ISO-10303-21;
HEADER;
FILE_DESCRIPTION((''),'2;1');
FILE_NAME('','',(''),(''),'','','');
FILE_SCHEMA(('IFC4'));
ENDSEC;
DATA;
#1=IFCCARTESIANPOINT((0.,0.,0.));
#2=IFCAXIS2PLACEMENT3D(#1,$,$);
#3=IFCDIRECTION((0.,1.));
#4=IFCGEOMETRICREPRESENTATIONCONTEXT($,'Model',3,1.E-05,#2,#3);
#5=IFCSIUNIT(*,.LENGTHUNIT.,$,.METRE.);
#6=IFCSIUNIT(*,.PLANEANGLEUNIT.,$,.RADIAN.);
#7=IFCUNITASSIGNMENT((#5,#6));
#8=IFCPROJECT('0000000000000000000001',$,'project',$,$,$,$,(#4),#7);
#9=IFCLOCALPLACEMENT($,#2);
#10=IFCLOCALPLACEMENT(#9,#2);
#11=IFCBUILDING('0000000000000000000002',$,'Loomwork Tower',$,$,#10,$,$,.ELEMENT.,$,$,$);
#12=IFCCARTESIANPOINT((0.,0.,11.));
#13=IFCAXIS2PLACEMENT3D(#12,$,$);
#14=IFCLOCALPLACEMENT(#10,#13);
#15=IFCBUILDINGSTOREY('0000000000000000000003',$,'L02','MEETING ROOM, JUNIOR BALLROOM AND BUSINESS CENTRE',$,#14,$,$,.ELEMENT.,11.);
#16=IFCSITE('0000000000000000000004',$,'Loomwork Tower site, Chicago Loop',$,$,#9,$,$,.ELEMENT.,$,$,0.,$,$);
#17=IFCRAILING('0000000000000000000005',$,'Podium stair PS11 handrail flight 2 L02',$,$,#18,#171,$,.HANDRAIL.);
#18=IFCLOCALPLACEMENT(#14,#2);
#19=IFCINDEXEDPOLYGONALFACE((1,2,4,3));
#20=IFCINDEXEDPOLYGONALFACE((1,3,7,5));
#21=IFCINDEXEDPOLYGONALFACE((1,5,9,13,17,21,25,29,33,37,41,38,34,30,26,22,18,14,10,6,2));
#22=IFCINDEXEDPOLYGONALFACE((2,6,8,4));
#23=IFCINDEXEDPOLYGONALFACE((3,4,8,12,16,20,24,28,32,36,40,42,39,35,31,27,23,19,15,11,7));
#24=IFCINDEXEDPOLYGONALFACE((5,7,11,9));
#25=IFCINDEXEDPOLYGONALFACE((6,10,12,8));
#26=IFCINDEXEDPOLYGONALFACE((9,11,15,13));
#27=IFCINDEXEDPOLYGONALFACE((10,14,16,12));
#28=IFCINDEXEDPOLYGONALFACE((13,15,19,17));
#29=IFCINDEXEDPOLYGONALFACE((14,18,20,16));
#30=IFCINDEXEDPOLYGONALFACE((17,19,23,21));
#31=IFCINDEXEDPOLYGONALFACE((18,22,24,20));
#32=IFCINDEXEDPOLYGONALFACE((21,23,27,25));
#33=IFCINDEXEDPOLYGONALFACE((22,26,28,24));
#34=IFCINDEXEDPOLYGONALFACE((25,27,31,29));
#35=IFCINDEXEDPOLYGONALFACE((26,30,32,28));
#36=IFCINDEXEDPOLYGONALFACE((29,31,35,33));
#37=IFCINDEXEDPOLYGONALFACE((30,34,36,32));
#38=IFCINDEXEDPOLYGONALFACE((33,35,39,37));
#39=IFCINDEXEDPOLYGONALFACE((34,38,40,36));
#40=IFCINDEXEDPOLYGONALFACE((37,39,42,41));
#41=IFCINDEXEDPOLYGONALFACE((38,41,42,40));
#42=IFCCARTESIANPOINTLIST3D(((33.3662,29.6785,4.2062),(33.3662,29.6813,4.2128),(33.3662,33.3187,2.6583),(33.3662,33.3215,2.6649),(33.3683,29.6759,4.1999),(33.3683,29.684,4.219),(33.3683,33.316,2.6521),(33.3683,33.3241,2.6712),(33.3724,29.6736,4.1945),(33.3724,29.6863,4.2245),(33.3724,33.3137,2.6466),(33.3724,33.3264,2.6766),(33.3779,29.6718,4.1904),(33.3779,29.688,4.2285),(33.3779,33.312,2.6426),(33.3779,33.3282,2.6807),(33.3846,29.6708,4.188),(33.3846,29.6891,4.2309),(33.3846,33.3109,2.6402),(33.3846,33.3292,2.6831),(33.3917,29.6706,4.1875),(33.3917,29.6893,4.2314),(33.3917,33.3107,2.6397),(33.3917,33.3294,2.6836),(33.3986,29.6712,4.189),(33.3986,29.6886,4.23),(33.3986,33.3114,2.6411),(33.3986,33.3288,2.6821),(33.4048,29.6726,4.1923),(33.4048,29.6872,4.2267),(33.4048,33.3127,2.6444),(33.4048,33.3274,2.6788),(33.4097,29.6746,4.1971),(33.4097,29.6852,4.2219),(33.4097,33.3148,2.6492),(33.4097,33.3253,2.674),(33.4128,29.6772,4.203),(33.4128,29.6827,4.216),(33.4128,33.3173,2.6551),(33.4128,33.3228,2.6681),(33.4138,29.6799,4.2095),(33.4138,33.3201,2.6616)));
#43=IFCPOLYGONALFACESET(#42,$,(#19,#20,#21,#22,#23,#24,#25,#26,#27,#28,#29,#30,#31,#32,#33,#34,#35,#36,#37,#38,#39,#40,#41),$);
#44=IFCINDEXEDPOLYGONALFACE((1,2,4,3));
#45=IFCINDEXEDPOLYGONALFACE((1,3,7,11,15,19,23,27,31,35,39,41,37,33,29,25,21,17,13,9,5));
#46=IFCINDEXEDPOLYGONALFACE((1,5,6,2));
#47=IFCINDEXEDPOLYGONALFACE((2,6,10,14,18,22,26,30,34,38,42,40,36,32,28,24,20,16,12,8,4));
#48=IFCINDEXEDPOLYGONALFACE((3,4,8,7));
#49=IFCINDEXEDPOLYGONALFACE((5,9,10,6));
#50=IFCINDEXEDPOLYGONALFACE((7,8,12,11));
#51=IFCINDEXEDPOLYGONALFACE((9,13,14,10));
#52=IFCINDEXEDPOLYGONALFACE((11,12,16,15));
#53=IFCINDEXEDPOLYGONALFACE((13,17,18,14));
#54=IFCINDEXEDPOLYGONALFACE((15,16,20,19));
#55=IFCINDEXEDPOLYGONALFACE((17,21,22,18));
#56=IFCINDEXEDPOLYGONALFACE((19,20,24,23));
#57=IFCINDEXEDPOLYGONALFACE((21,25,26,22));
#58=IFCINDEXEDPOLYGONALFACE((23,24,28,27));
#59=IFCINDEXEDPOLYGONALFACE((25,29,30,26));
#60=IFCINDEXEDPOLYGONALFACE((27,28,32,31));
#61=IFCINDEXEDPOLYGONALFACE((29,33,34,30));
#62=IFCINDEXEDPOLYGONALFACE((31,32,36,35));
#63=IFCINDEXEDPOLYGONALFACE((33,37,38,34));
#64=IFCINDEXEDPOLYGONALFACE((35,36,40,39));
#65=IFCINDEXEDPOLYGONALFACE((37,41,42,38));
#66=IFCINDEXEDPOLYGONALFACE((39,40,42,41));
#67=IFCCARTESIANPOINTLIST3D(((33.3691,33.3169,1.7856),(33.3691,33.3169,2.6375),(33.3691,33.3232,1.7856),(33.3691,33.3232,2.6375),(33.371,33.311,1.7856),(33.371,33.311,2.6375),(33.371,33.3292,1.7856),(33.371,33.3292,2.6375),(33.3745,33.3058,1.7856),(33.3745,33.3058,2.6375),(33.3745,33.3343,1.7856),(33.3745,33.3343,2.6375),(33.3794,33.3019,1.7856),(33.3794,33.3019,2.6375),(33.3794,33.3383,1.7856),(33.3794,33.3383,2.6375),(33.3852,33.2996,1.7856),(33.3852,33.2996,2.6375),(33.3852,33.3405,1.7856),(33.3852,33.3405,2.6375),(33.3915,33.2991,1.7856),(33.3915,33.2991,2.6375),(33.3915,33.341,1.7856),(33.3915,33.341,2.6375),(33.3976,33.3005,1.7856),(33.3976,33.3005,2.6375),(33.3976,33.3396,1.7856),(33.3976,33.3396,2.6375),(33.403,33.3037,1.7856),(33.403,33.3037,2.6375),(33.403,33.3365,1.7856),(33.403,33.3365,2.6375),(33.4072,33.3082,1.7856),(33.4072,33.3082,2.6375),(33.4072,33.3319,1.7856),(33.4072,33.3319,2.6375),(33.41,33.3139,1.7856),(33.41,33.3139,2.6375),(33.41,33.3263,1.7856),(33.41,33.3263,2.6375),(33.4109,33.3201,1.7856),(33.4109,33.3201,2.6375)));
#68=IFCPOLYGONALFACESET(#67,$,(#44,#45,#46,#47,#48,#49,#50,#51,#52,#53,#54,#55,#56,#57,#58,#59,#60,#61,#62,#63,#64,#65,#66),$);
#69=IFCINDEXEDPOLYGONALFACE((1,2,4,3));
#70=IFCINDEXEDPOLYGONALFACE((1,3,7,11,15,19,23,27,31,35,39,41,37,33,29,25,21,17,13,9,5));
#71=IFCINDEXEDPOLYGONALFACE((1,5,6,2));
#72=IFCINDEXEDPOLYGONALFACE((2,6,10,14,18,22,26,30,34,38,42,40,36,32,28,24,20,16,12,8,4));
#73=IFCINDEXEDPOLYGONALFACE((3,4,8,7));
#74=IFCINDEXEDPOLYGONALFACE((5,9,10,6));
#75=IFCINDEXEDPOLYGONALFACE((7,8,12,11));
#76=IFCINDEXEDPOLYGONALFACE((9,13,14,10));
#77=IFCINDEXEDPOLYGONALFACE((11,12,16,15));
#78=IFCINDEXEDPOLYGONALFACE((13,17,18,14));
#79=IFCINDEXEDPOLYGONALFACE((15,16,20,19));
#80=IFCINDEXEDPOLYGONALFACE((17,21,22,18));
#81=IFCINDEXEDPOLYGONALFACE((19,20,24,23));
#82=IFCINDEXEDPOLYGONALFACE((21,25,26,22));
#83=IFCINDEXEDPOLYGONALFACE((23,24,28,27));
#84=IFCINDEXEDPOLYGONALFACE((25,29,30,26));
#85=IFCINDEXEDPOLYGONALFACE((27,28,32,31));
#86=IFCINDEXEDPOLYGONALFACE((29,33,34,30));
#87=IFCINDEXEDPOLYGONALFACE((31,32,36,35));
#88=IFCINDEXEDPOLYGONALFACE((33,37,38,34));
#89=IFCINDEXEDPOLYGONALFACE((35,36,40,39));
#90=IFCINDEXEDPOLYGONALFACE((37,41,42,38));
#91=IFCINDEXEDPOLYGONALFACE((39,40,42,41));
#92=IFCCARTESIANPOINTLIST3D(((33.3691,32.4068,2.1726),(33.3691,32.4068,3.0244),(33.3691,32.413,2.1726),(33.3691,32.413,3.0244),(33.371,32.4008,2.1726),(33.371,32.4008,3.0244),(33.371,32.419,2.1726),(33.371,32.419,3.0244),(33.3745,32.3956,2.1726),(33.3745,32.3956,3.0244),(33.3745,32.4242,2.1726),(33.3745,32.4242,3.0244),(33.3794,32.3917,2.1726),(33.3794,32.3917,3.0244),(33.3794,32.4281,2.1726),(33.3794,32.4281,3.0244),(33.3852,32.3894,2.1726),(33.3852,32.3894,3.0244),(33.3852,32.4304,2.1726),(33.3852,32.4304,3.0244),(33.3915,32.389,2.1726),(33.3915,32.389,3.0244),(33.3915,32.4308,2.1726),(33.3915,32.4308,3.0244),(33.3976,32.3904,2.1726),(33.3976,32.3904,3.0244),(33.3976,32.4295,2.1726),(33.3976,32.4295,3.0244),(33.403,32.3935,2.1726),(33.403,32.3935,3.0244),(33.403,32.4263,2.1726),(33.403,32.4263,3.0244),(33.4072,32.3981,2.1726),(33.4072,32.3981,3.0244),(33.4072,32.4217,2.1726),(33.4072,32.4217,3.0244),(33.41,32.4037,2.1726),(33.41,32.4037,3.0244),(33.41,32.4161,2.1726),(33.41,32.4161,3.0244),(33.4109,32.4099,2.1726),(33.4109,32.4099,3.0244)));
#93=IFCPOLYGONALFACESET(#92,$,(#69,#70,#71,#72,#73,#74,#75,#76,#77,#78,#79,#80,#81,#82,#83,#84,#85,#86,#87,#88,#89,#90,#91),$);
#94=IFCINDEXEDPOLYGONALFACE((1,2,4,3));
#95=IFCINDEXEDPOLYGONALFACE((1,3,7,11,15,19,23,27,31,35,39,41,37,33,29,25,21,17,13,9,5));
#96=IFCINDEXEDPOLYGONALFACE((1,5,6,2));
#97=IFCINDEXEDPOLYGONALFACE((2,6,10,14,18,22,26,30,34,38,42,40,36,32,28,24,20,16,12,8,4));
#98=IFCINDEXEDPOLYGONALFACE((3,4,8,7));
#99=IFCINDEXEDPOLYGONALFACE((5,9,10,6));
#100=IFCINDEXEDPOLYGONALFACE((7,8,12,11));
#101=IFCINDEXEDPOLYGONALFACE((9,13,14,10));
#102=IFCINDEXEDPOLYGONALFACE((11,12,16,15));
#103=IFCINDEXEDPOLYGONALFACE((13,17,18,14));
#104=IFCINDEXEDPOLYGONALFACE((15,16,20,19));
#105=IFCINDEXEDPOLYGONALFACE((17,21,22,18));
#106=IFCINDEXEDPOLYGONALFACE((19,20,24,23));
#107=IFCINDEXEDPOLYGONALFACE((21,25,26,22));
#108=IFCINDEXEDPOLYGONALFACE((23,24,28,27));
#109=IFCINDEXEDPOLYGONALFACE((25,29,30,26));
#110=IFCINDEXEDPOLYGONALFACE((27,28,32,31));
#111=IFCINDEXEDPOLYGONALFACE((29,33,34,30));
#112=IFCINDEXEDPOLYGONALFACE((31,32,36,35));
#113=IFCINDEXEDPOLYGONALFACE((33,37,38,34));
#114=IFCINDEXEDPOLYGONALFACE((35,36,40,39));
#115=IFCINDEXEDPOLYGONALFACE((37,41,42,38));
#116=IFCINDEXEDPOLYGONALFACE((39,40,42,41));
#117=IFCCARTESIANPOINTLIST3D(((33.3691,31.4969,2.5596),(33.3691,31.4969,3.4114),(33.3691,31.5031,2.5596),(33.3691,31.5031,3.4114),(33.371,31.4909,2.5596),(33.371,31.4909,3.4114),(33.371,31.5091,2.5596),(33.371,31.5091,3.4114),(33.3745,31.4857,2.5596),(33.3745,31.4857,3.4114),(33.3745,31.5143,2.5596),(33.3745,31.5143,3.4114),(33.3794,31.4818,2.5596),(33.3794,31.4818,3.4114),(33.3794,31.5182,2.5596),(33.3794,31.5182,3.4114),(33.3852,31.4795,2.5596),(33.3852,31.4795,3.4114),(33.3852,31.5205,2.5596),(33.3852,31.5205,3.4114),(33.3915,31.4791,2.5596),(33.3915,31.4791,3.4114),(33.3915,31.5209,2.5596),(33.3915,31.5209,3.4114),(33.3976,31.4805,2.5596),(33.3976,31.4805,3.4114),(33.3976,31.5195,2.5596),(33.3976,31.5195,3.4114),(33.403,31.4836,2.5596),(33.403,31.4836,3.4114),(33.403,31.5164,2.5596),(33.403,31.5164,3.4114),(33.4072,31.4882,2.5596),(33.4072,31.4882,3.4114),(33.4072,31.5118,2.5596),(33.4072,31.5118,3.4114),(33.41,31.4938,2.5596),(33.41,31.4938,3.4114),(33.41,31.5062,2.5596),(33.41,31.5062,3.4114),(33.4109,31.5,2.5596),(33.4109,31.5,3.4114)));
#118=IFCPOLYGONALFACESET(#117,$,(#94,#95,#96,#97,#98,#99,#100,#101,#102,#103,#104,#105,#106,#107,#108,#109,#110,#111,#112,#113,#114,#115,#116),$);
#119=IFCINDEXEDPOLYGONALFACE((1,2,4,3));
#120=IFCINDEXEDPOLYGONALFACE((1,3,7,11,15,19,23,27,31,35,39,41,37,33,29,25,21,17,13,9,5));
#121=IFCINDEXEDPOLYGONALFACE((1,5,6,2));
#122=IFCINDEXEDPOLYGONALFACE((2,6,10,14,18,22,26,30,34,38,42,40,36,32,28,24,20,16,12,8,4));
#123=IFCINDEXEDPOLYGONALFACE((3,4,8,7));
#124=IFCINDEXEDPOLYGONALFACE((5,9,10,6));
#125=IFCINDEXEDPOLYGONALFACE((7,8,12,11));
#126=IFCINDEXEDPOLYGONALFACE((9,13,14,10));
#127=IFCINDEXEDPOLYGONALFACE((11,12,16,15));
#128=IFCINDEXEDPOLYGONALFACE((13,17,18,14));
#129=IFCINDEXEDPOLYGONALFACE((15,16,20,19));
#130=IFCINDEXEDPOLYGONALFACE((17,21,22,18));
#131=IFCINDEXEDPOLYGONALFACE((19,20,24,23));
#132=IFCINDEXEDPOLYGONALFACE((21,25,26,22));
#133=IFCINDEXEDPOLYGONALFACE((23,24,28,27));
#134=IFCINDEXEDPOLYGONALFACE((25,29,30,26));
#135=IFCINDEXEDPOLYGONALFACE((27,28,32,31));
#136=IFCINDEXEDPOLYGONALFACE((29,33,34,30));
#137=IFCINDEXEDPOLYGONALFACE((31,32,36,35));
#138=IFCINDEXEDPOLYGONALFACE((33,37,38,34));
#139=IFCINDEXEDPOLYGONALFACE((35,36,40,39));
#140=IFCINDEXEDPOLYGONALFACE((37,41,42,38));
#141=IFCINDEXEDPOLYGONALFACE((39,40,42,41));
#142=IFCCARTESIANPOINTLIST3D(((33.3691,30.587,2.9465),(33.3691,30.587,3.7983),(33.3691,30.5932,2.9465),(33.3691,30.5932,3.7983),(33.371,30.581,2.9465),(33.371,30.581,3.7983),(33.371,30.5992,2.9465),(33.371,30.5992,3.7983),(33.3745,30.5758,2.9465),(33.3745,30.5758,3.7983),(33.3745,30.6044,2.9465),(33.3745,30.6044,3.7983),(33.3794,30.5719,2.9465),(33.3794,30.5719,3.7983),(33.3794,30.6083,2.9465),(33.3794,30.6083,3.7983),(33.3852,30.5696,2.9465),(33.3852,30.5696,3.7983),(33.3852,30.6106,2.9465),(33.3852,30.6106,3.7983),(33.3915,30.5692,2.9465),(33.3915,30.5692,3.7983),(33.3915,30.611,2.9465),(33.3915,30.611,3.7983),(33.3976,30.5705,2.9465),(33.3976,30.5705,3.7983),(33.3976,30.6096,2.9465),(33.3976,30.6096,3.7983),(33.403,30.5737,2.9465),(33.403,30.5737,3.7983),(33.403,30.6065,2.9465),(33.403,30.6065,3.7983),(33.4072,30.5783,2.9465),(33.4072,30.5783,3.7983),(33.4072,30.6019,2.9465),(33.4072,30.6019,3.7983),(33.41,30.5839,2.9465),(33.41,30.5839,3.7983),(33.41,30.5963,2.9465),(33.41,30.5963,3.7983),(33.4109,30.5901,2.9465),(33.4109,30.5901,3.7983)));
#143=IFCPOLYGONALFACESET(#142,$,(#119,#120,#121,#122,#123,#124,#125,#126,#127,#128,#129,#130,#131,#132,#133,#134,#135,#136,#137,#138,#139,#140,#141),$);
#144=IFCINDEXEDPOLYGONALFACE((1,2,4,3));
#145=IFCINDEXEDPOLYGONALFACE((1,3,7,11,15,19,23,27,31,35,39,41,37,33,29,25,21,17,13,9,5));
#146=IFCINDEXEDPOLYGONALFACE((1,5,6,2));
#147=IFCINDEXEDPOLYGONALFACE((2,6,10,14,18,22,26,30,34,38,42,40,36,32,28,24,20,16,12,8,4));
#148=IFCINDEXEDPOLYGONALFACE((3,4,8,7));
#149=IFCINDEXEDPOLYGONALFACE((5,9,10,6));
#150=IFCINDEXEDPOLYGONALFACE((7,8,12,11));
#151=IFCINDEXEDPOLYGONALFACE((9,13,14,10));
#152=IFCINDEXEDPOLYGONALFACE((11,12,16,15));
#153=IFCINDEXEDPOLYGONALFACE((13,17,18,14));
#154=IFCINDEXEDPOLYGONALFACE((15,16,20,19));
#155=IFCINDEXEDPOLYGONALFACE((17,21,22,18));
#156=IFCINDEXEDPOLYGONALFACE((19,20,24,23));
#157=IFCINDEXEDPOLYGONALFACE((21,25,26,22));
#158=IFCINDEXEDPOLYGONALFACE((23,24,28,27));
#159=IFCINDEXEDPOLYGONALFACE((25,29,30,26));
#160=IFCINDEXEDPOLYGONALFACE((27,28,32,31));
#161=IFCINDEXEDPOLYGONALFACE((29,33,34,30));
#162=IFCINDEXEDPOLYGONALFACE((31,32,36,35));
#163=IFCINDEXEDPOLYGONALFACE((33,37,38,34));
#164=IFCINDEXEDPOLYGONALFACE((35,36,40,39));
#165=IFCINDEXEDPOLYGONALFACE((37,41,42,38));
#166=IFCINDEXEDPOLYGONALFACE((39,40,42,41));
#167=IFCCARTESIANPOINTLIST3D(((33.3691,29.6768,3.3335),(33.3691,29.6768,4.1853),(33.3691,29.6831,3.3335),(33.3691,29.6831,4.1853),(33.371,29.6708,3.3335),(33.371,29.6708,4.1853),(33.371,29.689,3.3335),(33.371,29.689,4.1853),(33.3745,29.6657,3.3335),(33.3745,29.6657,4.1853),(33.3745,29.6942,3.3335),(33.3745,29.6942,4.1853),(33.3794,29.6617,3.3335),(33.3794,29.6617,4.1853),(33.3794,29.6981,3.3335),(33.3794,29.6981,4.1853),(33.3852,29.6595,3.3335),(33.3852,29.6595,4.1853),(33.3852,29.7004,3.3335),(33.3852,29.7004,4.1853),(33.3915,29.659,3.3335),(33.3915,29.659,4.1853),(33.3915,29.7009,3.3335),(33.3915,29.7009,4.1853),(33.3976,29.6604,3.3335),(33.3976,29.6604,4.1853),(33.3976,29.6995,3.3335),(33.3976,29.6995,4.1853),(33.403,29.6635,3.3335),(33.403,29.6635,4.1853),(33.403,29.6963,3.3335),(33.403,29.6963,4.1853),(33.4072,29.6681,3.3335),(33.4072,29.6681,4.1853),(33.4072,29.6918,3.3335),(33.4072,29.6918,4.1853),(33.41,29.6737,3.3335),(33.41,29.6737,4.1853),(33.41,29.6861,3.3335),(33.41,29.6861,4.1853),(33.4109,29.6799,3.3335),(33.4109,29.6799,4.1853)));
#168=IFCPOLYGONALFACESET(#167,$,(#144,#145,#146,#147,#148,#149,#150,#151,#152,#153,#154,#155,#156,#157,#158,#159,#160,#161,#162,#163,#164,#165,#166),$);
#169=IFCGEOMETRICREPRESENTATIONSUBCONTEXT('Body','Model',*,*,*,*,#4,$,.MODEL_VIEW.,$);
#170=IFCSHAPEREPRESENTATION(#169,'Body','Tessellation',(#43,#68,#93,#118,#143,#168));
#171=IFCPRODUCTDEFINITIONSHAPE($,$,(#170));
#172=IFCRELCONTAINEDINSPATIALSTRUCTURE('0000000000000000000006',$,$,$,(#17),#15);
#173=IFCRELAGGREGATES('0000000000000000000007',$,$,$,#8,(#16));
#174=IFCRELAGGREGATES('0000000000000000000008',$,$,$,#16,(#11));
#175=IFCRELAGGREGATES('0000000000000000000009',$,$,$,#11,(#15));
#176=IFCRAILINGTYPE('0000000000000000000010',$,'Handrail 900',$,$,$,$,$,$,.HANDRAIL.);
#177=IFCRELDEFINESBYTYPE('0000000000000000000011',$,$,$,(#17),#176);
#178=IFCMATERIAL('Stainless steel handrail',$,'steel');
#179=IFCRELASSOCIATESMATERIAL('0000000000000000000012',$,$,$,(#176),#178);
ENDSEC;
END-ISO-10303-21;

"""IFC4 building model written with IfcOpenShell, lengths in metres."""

from ifc_helpers import new_model, si_unit, direction, frame, origin, origin_2d, place, context, subcontext, project, spatial, circle, extrude, material, type_object, element, save


model = new_model("IFC4")

# Units and contexts
model_context = context("Model", 3, precision=1e-05, world=origin(), true_north=direction((0.0, 1.0)))
body_context = subcontext(model_context, "Body", "Model", "MODEL_VIEW")
ifc_project = project(units=[si_unit("LENGTHUNIT", "METRE"), si_unit("PLANEANGLEUNIT", "RADIAN")], contexts=[model_context])

# Site, building, storey
site_placement = place(None, origin())
site = spatial("IfcSite", under=ifc_project, at=site_placement, Name="Loomwork Tower site, Chicago Loop", CompositionType="ELEMENT", RefElevation=0.0)
building_placement = place(site_placement, origin())
building = spatial("IfcBuilding", under=site, at=building_placement, Name="Loomwork Tower", CompositionType="ELEMENT")
storey_placement = place(building_placement, frame((0.0, 0.0, 11.0)))
storey = spatial("IfcBuildingStorey", under=building, at=storey_placement, Name="L02", Description="MEETING ROOM, JUNIOR BALLROOM AND BUSINESS CENTRE", CompositionType="ELEMENT", Elevation=11.0)

# Railing
ifc_material_1 = material(Name="Stainless steel handrail", Category="steel")
railing_type = type_object("IfcRailingType", Name="Handrail 900", PredefinedType="HANDRAIL", material=ifc_material_1)
railing_1_placement = place(storey_placement, frame((33.3899, 33.3201, 1.7856)))
element("IfcRailing", 1, at=railing_1_placement, inside=storey, type_object=railing_type, Name="Podium stair PS11 handrail flight 2 L02", PredefinedType="HANDRAIL", context=body_context, shape_type="SweptSolid", body=[
    extrude(circle(Radius=0.0239, at=origin_2d()), frame((0.0, 0.0, 0.876), z_axis=(0.0, -0.920259, 0.391311), x_axis=(1.0, 0.0, 0.0)), (0.0, 0.0, 1.0), 3.9556),
    extrude(circle(Radius=0.021, at=origin_2d()), origin(), (0.0, 0.0, 1.0), 0.8518),
    extrude(circle(Radius=0.021, at=origin_2d()), frame((0.0, -0.9102, 0.387)), (0.0, 0.0, 1.0), 0.8518),
    extrude(circle(Radius=0.021, at=origin_2d()), frame((0.0, -1.8201, 0.7739)), (0.0, 0.0, 1.0), 0.8518),
    extrude(circle(Radius=0.021, at=origin_2d()), frame((0.0, -2.73, 1.1609)), (0.0, 0.0, 1.0), 0.8518),
    extrude(circle(Radius=0.021, at=origin_2d()), frame((0.0, -3.6401, 1.5479)), (0.0, 0.0, 1.0), 0.8518),
])

save(model, "model.ifc")
